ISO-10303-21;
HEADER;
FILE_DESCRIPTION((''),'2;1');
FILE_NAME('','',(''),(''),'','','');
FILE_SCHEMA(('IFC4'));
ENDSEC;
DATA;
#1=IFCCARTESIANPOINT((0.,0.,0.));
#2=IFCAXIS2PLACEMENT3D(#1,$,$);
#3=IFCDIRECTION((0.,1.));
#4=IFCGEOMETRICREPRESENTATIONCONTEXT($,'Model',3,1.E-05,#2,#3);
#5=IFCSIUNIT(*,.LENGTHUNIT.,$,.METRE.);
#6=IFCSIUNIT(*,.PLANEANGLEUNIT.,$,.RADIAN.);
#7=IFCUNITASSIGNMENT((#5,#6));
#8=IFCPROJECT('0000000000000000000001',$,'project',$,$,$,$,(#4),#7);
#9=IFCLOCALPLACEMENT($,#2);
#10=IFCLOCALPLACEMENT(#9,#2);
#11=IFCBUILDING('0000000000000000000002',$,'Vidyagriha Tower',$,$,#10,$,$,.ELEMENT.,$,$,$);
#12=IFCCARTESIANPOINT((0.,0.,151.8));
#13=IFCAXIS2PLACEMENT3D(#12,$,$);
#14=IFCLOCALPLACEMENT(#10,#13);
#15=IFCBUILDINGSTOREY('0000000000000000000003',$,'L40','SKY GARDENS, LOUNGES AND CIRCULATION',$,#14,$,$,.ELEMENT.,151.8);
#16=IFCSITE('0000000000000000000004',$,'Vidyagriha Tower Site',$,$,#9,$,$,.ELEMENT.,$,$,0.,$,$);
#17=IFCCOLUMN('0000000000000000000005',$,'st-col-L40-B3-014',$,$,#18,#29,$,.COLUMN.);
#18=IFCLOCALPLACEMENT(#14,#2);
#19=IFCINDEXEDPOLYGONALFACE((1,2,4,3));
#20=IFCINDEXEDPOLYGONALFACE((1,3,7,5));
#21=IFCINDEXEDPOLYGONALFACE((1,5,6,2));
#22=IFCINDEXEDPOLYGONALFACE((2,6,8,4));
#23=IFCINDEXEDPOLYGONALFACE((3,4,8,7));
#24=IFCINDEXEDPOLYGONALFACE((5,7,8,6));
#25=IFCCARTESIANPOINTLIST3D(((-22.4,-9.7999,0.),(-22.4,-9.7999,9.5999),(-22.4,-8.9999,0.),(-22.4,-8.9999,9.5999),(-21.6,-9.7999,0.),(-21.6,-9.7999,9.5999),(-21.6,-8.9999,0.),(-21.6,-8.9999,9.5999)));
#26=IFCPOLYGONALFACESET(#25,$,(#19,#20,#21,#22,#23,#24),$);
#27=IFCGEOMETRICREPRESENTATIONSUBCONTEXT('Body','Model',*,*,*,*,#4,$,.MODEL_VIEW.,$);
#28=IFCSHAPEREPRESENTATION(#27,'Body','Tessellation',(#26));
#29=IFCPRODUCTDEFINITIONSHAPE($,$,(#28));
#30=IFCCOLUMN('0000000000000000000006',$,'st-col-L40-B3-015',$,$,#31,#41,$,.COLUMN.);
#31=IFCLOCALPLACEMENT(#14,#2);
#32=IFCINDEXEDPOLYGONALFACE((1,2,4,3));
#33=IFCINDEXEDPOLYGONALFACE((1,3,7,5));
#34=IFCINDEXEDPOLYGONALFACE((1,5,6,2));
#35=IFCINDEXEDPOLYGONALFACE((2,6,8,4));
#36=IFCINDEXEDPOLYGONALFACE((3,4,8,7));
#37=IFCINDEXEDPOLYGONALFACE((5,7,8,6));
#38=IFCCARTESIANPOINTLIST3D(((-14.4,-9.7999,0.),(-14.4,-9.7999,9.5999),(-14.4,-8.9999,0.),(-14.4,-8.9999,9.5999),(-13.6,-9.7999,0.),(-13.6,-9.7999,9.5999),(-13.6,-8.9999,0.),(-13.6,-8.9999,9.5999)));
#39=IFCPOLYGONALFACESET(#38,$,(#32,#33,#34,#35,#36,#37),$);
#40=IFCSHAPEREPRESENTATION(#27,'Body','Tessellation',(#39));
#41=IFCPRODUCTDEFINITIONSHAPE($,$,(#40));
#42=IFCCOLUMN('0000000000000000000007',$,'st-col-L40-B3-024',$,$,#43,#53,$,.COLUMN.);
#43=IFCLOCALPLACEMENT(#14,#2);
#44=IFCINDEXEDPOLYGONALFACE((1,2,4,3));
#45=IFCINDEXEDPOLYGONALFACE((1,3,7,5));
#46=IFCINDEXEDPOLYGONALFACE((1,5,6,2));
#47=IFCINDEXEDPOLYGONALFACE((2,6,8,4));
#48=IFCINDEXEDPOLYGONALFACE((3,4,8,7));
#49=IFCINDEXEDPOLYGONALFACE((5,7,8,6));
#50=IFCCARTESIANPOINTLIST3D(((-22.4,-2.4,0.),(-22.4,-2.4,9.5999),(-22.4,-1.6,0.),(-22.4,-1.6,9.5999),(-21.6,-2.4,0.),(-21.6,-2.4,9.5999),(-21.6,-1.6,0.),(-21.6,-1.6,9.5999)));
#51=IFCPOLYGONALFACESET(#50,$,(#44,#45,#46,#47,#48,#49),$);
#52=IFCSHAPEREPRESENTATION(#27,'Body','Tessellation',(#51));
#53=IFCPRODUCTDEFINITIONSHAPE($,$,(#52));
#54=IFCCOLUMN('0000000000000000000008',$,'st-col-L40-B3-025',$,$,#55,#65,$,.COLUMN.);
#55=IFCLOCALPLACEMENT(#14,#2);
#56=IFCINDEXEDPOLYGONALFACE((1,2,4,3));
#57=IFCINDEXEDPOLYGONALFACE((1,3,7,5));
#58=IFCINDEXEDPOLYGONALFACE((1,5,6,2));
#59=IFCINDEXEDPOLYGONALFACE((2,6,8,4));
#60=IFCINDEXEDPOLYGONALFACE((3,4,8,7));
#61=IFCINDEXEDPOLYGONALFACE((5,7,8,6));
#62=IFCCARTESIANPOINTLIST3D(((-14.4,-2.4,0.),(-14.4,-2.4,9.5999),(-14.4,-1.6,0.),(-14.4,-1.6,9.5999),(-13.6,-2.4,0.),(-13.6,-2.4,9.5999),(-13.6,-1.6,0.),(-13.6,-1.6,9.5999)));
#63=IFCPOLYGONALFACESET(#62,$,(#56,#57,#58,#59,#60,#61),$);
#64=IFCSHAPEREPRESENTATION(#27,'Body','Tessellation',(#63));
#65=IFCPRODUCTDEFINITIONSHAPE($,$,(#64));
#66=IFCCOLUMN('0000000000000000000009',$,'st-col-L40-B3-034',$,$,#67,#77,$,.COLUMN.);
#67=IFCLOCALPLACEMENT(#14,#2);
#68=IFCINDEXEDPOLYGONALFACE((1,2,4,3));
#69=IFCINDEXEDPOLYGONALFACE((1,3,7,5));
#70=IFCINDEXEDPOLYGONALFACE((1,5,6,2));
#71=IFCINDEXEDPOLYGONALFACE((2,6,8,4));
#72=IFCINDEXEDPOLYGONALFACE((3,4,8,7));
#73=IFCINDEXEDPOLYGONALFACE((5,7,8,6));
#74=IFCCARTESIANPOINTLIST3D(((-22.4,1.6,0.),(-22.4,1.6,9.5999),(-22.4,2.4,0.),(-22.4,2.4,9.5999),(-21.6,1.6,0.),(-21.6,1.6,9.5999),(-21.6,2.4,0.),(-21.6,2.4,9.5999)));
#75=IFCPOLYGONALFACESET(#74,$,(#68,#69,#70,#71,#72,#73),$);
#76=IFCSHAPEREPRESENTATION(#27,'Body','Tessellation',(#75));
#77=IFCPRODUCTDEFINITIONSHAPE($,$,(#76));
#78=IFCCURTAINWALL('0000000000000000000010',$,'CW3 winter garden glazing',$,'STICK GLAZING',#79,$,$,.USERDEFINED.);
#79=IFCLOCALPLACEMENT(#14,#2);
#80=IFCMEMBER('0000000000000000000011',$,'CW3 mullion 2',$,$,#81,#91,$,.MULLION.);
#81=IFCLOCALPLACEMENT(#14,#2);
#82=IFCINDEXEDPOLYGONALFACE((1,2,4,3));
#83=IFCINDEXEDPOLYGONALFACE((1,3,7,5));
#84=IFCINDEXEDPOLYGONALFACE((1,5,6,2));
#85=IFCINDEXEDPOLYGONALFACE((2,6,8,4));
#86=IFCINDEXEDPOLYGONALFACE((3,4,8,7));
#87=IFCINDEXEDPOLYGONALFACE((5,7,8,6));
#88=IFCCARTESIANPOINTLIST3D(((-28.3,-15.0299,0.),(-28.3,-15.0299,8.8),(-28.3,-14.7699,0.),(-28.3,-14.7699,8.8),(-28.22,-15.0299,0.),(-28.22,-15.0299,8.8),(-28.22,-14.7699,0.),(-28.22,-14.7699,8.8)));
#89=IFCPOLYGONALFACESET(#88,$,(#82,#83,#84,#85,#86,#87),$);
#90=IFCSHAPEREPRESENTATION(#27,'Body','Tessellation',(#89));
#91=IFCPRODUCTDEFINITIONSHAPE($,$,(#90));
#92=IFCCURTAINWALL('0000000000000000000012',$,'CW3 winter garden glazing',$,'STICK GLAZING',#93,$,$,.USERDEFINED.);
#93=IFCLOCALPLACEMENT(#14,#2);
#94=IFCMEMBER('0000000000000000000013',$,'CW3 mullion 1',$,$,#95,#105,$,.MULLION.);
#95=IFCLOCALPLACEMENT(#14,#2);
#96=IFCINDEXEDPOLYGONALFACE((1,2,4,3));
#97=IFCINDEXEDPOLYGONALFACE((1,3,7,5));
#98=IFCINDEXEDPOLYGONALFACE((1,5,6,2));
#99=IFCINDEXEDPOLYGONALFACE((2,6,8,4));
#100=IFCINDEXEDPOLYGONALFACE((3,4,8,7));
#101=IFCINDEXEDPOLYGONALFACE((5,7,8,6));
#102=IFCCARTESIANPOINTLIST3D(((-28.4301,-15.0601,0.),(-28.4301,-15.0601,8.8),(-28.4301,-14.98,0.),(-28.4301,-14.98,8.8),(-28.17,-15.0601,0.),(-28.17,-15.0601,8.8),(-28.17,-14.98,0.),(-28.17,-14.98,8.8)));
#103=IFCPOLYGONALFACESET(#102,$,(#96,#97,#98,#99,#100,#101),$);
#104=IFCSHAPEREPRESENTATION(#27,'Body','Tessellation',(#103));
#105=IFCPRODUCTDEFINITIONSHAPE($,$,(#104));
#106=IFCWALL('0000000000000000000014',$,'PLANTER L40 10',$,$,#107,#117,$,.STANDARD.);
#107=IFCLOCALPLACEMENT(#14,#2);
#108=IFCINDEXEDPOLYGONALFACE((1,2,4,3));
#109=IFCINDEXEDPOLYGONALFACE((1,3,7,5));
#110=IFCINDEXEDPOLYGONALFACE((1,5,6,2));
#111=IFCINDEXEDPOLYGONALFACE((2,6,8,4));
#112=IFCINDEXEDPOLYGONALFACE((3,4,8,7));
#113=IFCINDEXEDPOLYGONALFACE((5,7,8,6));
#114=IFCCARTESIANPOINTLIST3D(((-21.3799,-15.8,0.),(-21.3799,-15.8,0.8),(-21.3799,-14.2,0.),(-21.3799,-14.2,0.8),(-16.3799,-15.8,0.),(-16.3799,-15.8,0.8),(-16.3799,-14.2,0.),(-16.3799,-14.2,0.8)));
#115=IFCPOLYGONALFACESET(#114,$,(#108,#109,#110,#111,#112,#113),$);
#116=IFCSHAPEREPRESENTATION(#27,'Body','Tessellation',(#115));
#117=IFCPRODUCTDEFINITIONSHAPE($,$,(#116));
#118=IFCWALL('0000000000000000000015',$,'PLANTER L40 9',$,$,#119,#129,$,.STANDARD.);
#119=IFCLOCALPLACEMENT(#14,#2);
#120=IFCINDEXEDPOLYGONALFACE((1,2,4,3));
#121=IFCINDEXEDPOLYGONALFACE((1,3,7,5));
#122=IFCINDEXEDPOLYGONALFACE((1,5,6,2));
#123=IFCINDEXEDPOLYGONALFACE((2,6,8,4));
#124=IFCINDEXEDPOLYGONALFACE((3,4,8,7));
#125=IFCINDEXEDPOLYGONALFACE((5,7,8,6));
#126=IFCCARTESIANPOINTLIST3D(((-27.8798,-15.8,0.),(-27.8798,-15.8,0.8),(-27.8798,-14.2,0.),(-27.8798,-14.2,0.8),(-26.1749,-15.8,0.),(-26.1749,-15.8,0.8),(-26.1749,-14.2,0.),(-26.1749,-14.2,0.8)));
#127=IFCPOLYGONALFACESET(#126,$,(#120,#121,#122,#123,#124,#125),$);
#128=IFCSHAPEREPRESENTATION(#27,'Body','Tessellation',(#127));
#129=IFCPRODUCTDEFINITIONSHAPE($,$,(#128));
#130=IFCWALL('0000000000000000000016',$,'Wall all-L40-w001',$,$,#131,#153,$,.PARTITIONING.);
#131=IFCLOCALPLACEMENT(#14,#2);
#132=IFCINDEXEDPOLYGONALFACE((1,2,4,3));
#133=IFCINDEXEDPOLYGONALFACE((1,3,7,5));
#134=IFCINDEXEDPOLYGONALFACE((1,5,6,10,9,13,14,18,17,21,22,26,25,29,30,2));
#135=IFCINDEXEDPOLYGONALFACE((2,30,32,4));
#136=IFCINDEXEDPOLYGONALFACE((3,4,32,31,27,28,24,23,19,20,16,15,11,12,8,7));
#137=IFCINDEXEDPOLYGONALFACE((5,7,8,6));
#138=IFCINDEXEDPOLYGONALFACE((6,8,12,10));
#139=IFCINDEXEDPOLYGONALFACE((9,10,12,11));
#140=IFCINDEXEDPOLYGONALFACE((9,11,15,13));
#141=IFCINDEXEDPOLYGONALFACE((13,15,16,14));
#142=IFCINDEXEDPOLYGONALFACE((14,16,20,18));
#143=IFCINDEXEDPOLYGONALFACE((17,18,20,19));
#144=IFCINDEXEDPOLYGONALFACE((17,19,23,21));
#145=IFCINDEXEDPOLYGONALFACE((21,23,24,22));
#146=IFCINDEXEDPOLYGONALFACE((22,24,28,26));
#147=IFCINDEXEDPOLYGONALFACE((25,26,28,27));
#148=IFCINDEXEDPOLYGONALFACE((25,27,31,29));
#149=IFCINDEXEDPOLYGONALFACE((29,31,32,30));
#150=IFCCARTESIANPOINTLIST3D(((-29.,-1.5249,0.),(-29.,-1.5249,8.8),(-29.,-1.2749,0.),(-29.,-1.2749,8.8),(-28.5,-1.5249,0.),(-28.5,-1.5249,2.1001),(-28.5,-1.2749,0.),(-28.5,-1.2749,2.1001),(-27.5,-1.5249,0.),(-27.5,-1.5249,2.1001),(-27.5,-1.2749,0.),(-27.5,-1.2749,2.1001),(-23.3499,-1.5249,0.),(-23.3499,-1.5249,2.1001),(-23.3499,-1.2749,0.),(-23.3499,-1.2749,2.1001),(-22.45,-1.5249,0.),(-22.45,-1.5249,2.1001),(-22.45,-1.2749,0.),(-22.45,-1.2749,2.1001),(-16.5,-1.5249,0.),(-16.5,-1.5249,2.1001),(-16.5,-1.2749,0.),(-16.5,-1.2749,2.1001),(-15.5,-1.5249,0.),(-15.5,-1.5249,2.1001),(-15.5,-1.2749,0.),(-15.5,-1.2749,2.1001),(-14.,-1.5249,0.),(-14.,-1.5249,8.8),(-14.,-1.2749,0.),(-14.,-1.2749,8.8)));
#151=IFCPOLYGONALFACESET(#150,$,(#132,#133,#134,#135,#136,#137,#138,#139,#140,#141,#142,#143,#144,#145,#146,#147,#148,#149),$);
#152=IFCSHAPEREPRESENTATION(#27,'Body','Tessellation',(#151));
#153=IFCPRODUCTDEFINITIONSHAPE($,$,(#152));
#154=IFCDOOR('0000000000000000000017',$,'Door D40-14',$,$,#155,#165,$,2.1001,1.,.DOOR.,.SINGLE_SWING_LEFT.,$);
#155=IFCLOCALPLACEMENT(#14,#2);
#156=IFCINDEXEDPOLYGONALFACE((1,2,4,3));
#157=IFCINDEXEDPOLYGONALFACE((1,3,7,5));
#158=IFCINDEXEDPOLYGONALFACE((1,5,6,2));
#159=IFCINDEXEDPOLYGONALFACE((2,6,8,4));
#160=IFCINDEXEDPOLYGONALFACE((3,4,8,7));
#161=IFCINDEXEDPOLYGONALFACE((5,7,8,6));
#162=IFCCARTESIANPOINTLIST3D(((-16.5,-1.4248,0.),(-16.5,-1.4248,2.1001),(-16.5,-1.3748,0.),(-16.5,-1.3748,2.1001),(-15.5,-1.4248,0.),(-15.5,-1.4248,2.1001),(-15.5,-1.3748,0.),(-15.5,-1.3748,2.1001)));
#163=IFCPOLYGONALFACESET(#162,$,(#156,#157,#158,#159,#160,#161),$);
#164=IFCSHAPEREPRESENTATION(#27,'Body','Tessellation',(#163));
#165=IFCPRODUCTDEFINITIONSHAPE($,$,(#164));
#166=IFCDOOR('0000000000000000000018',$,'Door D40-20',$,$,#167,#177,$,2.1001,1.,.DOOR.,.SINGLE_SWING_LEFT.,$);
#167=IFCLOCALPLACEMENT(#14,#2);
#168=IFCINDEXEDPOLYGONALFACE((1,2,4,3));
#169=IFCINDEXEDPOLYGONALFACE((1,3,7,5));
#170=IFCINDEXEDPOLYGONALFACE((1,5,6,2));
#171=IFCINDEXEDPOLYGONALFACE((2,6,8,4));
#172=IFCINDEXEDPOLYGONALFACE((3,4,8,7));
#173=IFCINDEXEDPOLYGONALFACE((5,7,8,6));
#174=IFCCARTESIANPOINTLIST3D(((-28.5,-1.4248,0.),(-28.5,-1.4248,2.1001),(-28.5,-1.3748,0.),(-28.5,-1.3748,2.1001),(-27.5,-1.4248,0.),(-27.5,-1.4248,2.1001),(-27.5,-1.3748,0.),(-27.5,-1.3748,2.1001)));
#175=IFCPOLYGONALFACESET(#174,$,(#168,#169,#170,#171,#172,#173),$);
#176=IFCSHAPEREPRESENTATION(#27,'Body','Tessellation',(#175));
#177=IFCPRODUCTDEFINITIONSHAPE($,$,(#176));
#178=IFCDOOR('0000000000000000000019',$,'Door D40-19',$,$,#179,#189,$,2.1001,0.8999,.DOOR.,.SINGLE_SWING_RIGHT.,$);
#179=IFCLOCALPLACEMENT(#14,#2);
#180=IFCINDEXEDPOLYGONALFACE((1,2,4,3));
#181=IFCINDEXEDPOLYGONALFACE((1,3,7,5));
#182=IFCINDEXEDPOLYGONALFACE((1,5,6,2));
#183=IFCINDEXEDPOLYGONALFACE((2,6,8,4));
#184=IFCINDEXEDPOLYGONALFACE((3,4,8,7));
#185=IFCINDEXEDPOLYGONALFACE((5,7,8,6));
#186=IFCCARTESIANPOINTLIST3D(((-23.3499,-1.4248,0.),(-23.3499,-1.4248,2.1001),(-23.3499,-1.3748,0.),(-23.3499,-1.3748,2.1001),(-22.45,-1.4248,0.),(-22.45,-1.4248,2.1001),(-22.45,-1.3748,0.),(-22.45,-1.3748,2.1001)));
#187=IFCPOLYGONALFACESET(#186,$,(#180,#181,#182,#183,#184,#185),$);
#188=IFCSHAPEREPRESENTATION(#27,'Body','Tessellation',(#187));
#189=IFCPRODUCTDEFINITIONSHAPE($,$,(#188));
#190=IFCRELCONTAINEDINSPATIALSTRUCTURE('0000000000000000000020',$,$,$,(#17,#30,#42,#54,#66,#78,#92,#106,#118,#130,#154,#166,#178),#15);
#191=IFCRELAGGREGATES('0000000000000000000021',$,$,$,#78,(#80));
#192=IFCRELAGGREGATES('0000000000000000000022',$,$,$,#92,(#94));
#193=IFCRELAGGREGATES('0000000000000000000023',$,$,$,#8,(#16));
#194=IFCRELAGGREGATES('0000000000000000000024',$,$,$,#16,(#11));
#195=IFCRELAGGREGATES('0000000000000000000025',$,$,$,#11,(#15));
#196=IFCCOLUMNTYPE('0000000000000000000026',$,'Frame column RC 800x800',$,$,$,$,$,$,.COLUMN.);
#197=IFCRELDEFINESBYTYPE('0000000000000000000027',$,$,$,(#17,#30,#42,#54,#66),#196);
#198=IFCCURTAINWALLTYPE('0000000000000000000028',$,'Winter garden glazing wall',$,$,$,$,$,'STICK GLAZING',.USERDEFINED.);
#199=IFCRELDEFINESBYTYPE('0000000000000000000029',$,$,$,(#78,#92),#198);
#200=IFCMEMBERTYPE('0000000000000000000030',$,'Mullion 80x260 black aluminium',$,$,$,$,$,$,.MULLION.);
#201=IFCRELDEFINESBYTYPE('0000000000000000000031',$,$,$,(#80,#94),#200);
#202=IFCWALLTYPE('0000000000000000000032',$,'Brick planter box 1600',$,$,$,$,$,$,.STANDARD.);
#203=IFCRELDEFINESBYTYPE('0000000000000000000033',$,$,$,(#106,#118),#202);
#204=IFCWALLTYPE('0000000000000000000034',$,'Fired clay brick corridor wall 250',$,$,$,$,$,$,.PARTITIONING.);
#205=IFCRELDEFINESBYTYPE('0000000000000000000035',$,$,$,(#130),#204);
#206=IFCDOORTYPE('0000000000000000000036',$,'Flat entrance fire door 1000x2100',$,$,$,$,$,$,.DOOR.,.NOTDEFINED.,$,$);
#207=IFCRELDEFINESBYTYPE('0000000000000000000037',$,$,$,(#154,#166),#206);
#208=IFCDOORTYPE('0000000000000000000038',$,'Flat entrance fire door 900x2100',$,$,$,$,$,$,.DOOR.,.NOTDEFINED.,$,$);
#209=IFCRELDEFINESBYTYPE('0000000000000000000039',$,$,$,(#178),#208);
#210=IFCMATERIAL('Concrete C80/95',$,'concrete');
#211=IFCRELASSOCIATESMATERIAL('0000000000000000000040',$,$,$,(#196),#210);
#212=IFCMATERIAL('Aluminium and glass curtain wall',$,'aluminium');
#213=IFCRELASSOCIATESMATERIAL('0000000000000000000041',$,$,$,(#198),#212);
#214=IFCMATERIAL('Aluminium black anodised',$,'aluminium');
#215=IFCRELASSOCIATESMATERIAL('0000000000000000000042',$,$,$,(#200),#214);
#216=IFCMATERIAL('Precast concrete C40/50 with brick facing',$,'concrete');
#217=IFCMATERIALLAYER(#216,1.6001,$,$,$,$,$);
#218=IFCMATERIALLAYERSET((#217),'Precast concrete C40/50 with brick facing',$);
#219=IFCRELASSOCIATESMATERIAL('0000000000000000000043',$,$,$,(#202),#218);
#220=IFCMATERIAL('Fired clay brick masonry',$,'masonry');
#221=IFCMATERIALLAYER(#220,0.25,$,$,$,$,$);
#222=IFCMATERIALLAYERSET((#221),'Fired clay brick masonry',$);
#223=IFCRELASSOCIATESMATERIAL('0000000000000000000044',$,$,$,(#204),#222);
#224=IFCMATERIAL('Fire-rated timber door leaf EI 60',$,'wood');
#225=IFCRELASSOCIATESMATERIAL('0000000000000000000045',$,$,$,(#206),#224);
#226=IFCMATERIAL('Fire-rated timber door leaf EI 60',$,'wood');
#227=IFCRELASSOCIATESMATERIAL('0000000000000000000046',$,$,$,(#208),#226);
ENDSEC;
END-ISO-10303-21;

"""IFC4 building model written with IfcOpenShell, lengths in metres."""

from ifc_helpers import new_model, si_unit, direction, frame, frame_2d, origin, origin_2d, place, context, subcontext, project, spatial, rectangle, extrude, material, layer, layer_set, material_profile, profile_set, type_object, element, fill, aggregate, save


model = new_model("IFC4")

# Units and contexts
model_context = context("Model", 3, precision=1e-05, world=origin(), true_north=direction((0.0, 1.0)))
body_context = subcontext(model_context, "Body", "Model", "MODEL_VIEW")
ifc_project = project(units=[si_unit("LENGTHUNIT", "METRE"), si_unit("PLANEANGLEUNIT", "RADIAN")], contexts=[model_context])

# Site, building, storey
site_placement = place(None, origin())
site = spatial("IfcSite", under=ifc_project, at=site_placement, Name="Vidyagriha Tower Site", CompositionType="ELEMENT", RefElevation=0.0)
building_placement = place(site_placement, origin())
building = spatial("IfcBuilding", under=site, at=building_placement, Name="Vidyagriha Tower", CompositionType="ELEMENT")
storey_placement = place(building_placement, frame((0.0, 0.0, 151.8)))
storey = spatial("IfcBuildingStorey", under=building, at=storey_placement, Name="L40", Description="SKY GARDENS, LOUNGES AND CIRCULATION", CompositionType="ELEMENT", Elevation=151.8)

# Columns
ifc_material_1 = material(Name="Concrete C80/95", Category="concrete")
ifc_material_profile_1 = material_profile(ifc_material_1, rectangle(XDim=0.8, YDim=0.8, at=origin_2d()), Name="RC 800x800")
ifc_profile_set_1 = profile_set([ifc_material_profile_1], Name="Concrete C80/95")
column_type = type_object("IfcColumnType", Name="Frame column RC 800x800", PredefinedType="COLUMN", material=ifc_profile_set_1)
for number, where, name in (
    (1, (-22.0, -9.3999, 0.0), "st-col-L40-B3-014"),
    (2, (-14.0, -9.3999, 0.0), "st-col-L40-B3-015"),
    (3, (-22.0, -2.0, 0.0), "st-col-L40-B3-024"),
    (4, (-14.0, -2.0, 0.0), "st-col-L40-B3-025"),
    (5, (-22.0, 2.0, 0.0), "st-col-L40-B3-034"),
):
    element("IfcColumn", number, at=place(storey_placement, frame(where)), inside=storey, type_object=column_type, Name=name, PredefinedType="COLUMN", context=body_context, shape_type="SweptSolid", body=[
        extrude(rectangle(XDim=0.8, YDim=0.8, at=origin_2d()), origin(), (0.0, 0.0, 1.0), 9.5999),
    ])

# Curtain walls, members
ifc_material_2 = material(Name="Aluminium and glass curtain wall", Category="aluminium")
curtain_wall_type = type_object("IfcCurtainWallType", Name="Winter garden glazing wall", ElementType="STICK GLAZING", PredefinedType="USERDEFINED", material=ifc_material_2)
curtain_wall_1_placement = place(storey_placement, origin())
curtain_wall_1 = element("IfcCurtainWall", 6, at=curtain_wall_1_placement, inside=storey, type_object=curtain_wall_type, Name="CW3 winter garden glazing", ObjectType="STICK GLAZING", PredefinedType="USERDEFINED")
ifc_material_3 = material(Name="Aluminium black anodised", Category="aluminium")
ifc_material_profile_2 = material_profile(ifc_material_3, rectangle(XDim=0.26, YDim=0.0801, at=origin_2d()), Name="Mullion 80x260 black aluminium")
ifc_profile_set_2 = profile_set([ifc_material_profile_2], Name="Aluminium black anodised")
member_type = type_object("IfcMemberType", Name="Mullion 80x260 black aluminium", PredefinedType="MULLION", material=ifc_profile_set_2)
member_1_placement = place(storey_placement, frame((-28.26, -14.8999, 0.0), z_axis=(0.0, 0.0, 1.0), x_axis=(0.0, 1.0, 0.0)))
member_1 = element("IfcMember", 7, at=member_1_placement, type_object=member_type, Name="CW3 mullion 2", PredefinedType="MULLION", context=body_context, shape_type="SweptSolid", body=[
    extrude(rectangle(XDim=0.26, YDim=0.0801, at=origin_2d()), origin(), (0.0, 0.0, 1.0), 8.8),
])
aggregate(curtain_wall_1, [member_1])
curtain_wall_2_placement = place(storey_placement, origin())
curtain_wall_2 = element("IfcCurtainWall", 8, at=curtain_wall_2_placement, inside=storey, type_object=curtain_wall_type, Name="CW3 winter garden glazing", ObjectType="STICK GLAZING", PredefinedType="USERDEFINED")
member_2_placement = place(storey_placement, frame((-28.3, -15.02, 0.0)))
member_2 = element("IfcMember", 9, at=member_2_placement, type_object=member_type, Name="CW3 mullion 1", PredefinedType="MULLION", context=body_context, shape_type="SweptSolid", body=[
    extrude(rectangle(XDim=0.26, YDim=0.0801, at=origin_2d()), origin(), (0.0, 0.0, 1.0), 8.8),
])
aggregate(curtain_wall_2, [member_2])

# Walls
ifc_material_4 = material(Name="Precast concrete C40/50 with brick facing", Category="concrete")
ifc_layer_1 = layer(ifc_material_4, 1.6001)
ifc_layer_set_1 = layer_set([ifc_layer_1], Name="Precast concrete C40/50 with brick facing")
wall_type_1 = type_object("IfcWallType", Name="Brick planter box 1600", PredefinedType="STANDARD", material=ifc_layer_set_1)
wall_1_placement = place(storey_placement, frame((-21.3799, -15.0, 0.0)))
element("IfcWall", 10, at=wall_1_placement, inside=storey, type_object=wall_type_1, Name="PLANTER L40 10", PredefinedType="STANDARD", context=body_context, shape_type="SweptSolid", body=[
    extrude(rectangle(XDim=5.0, YDim=1.6001, at=frame_2d((2.5, 0.0))), origin(), (0.0, 0.0, 1.0), 0.8),
])
wall_2_placement = place(storey_placement, frame((-27.8799, -15.0, 0.0)))
element("IfcWall", 11, at=wall_2_placement, inside=storey, type_object=wall_type_1, Name="PLANTER L40 9", PredefinedType="STANDARD", context=body_context, shape_type="SweptSolid", body=[
    extrude(rectangle(XDim=1.7048, YDim=1.6001, at=frame_2d((0.8525, 0.0))), origin(), (0.0, 0.0, 1.0), 0.8),
])

# Wall, openings, doors
ifc_material_5 = material(Name="Fired clay brick masonry", Category="masonry")
ifc_layer_2 = layer(ifc_material_5, 0.25)
ifc_layer_set_2 = layer_set([ifc_layer_2], Name="Fired clay brick masonry")
wall_type_2 = type_object("IfcWallType", Name="Fired clay brick corridor wall 250", PredefinedType="PARTITIONING", material=ifc_layer_set_2)
wall_3_placement = place(storey_placement, frame((-14.0, -1.3999, 0.0), z_axis=(0.0, 0.0, 1.0), x_axis=(-1.0, 0.0, 0.0)))
wall_3 = element("IfcWall", 12, at=wall_3_placement, inside=storey, type_object=wall_type_2, Name="Wall all-L40-w001", PredefinedType="PARTITIONING", context=body_context, shape_type="SweptSolid", body=[
    extrude(rectangle(XDim=15.0, YDim=0.25, at=frame_2d((7.5, 0.0))), origin(), (0.0, 0.0, 1.0), 8.8),
])
opening_1_placement = place(wall_3_placement, frame((1.5, 0.0, 0.0)))
opening_1 = element("IfcOpeningElement", 13, at=opening_1_placement, cuts=wall_3, PredefinedType="OPENING", context=body_context, shape_type="SweptSolid", body=[
    extrude(rectangle(XDim=1.0, YDim=2.1001, at=frame_2d((0.5, 1.05))), frame((0.0, 0.135, 0.0), z_axis=(0.0, -1.0, 0.0), x_axis=(1.0, 0.0, 0.0)), (0.0, 0.0, 1.0), 0.27),
])
opening_2_placement = place(wall_3_placement, frame((8.45, 0.0, 0.0)))
opening_2 = element("IfcOpeningElement", 14, at=opening_2_placement, cuts=wall_3, PredefinedType="OPENING", context=body_context, shape_type="SweptSolid", body=[
    extrude(rectangle(XDim=0.8999, YDim=2.1001, at=frame_2d((0.45, 1.05))), frame((0.0, 0.135, 0.0), z_axis=(0.0, -1.0, 0.0), x_axis=(1.0, 0.0, 0.0)), (0.0, 0.0, 1.0), 0.27),
])
opening_3_placement = place(wall_3_placement, frame((13.5, 0.0, 0.0)))
opening_3 = element("IfcOpeningElement", 15, at=opening_3_placement, cuts=wall_3, PredefinedType="OPENING", context=body_context, shape_type="SweptSolid", body=[
    extrude(rectangle(XDim=1.0, YDim=2.1001, at=frame_2d((0.5, 1.05))), frame((0.0, 0.135, 0.0), z_axis=(0.0, -1.0, 0.0), x_axis=(1.0, 0.0, 0.0)), (0.0, 0.0, 1.0), 0.27),
])
ifc_material_6 = material(Name="Fire-rated timber door leaf EI 60", Category="wood")
door_type_1 = type_object("IfcDoorType", Name="Flat entrance fire door 1000x2100", OperationType="NOTDEFINED", PredefinedType="DOOR", material=ifc_material_6)
door_1_placement = place(opening_1_placement, origin())
door_1 = element("IfcDoor", 16, at=door_1_placement, inside=storey, type_object=door_type_1, Name="Door D40-14", OperationType="SINGLE_SWING_LEFT", OverallHeight=2.1001, OverallWidth=1.0, PredefinedType="DOOR", context=body_context, shape_type="SweptSolid", body=[
    extrude(rectangle(XDim=1.0, YDim=2.1001, at=frame_2d((0.5, 1.05))), frame((0.0, 0.0249, 0.0), z_axis=(0.0, -1.0, 0.0), x_axis=(1.0, 0.0, 0.0)), (0.0, 0.0, 1.0), 0.05),
])
fill(opening_1, door_1)
door_2_placement = place(opening_3_placement, origin())
door_2 = element("IfcDoor", 17, at=door_2_placement, inside=storey, type_object=door_type_1, Name="Door D40-20", OperationType="SINGLE_SWING_LEFT", OverallHeight=2.1001, OverallWidth=1.0, PredefinedType="DOOR", context=body_context, shape_type="SweptSolid", body=[
    extrude(rectangle(XDim=1.0, YDim=2.1001, at=frame_2d((0.5, 1.05))), frame((0.0, 0.0249, 0.0), z_axis=(0.0, -1.0, 0.0), x_axis=(1.0, 0.0, 0.0)), (0.0, 0.0, 1.0), 0.05),
])
fill(opening_3, door_2)
ifc_material_7 = material(Name="Fire-rated timber door leaf EI 60", Category="wood")
door_type_2 = type_object("IfcDoorType", Name="Flat entrance fire door 900x2100", OperationType="NOTDEFINED", PredefinedType="DOOR", material=ifc_material_7)
door_3_placement = place(opening_2_placement, origin())
door_3 = element("IfcDoor", 18, at=door_3_placement, inside=storey, type_object=door_type_2, Name="Door D40-19", OperationType="SINGLE_SWING_RIGHT", OverallHeight=2.1001, OverallWidth=0.8999, PredefinedType="DOOR", context=body_context, shape_type="SweptSolid", body=[
    extrude(rectangle(XDim=0.8999, YDim=2.1001, at=frame_2d((0.45, 1.05))), frame((0.0, 0.0249, 0.0), z_axis=(0.0, -1.0, 0.0), x_axis=(1.0, 0.0, 0.0)), (0.0, 0.0, 1.0), 0.05),
])
fill(opening_2, door_3)

save(model, "model.ifc")
